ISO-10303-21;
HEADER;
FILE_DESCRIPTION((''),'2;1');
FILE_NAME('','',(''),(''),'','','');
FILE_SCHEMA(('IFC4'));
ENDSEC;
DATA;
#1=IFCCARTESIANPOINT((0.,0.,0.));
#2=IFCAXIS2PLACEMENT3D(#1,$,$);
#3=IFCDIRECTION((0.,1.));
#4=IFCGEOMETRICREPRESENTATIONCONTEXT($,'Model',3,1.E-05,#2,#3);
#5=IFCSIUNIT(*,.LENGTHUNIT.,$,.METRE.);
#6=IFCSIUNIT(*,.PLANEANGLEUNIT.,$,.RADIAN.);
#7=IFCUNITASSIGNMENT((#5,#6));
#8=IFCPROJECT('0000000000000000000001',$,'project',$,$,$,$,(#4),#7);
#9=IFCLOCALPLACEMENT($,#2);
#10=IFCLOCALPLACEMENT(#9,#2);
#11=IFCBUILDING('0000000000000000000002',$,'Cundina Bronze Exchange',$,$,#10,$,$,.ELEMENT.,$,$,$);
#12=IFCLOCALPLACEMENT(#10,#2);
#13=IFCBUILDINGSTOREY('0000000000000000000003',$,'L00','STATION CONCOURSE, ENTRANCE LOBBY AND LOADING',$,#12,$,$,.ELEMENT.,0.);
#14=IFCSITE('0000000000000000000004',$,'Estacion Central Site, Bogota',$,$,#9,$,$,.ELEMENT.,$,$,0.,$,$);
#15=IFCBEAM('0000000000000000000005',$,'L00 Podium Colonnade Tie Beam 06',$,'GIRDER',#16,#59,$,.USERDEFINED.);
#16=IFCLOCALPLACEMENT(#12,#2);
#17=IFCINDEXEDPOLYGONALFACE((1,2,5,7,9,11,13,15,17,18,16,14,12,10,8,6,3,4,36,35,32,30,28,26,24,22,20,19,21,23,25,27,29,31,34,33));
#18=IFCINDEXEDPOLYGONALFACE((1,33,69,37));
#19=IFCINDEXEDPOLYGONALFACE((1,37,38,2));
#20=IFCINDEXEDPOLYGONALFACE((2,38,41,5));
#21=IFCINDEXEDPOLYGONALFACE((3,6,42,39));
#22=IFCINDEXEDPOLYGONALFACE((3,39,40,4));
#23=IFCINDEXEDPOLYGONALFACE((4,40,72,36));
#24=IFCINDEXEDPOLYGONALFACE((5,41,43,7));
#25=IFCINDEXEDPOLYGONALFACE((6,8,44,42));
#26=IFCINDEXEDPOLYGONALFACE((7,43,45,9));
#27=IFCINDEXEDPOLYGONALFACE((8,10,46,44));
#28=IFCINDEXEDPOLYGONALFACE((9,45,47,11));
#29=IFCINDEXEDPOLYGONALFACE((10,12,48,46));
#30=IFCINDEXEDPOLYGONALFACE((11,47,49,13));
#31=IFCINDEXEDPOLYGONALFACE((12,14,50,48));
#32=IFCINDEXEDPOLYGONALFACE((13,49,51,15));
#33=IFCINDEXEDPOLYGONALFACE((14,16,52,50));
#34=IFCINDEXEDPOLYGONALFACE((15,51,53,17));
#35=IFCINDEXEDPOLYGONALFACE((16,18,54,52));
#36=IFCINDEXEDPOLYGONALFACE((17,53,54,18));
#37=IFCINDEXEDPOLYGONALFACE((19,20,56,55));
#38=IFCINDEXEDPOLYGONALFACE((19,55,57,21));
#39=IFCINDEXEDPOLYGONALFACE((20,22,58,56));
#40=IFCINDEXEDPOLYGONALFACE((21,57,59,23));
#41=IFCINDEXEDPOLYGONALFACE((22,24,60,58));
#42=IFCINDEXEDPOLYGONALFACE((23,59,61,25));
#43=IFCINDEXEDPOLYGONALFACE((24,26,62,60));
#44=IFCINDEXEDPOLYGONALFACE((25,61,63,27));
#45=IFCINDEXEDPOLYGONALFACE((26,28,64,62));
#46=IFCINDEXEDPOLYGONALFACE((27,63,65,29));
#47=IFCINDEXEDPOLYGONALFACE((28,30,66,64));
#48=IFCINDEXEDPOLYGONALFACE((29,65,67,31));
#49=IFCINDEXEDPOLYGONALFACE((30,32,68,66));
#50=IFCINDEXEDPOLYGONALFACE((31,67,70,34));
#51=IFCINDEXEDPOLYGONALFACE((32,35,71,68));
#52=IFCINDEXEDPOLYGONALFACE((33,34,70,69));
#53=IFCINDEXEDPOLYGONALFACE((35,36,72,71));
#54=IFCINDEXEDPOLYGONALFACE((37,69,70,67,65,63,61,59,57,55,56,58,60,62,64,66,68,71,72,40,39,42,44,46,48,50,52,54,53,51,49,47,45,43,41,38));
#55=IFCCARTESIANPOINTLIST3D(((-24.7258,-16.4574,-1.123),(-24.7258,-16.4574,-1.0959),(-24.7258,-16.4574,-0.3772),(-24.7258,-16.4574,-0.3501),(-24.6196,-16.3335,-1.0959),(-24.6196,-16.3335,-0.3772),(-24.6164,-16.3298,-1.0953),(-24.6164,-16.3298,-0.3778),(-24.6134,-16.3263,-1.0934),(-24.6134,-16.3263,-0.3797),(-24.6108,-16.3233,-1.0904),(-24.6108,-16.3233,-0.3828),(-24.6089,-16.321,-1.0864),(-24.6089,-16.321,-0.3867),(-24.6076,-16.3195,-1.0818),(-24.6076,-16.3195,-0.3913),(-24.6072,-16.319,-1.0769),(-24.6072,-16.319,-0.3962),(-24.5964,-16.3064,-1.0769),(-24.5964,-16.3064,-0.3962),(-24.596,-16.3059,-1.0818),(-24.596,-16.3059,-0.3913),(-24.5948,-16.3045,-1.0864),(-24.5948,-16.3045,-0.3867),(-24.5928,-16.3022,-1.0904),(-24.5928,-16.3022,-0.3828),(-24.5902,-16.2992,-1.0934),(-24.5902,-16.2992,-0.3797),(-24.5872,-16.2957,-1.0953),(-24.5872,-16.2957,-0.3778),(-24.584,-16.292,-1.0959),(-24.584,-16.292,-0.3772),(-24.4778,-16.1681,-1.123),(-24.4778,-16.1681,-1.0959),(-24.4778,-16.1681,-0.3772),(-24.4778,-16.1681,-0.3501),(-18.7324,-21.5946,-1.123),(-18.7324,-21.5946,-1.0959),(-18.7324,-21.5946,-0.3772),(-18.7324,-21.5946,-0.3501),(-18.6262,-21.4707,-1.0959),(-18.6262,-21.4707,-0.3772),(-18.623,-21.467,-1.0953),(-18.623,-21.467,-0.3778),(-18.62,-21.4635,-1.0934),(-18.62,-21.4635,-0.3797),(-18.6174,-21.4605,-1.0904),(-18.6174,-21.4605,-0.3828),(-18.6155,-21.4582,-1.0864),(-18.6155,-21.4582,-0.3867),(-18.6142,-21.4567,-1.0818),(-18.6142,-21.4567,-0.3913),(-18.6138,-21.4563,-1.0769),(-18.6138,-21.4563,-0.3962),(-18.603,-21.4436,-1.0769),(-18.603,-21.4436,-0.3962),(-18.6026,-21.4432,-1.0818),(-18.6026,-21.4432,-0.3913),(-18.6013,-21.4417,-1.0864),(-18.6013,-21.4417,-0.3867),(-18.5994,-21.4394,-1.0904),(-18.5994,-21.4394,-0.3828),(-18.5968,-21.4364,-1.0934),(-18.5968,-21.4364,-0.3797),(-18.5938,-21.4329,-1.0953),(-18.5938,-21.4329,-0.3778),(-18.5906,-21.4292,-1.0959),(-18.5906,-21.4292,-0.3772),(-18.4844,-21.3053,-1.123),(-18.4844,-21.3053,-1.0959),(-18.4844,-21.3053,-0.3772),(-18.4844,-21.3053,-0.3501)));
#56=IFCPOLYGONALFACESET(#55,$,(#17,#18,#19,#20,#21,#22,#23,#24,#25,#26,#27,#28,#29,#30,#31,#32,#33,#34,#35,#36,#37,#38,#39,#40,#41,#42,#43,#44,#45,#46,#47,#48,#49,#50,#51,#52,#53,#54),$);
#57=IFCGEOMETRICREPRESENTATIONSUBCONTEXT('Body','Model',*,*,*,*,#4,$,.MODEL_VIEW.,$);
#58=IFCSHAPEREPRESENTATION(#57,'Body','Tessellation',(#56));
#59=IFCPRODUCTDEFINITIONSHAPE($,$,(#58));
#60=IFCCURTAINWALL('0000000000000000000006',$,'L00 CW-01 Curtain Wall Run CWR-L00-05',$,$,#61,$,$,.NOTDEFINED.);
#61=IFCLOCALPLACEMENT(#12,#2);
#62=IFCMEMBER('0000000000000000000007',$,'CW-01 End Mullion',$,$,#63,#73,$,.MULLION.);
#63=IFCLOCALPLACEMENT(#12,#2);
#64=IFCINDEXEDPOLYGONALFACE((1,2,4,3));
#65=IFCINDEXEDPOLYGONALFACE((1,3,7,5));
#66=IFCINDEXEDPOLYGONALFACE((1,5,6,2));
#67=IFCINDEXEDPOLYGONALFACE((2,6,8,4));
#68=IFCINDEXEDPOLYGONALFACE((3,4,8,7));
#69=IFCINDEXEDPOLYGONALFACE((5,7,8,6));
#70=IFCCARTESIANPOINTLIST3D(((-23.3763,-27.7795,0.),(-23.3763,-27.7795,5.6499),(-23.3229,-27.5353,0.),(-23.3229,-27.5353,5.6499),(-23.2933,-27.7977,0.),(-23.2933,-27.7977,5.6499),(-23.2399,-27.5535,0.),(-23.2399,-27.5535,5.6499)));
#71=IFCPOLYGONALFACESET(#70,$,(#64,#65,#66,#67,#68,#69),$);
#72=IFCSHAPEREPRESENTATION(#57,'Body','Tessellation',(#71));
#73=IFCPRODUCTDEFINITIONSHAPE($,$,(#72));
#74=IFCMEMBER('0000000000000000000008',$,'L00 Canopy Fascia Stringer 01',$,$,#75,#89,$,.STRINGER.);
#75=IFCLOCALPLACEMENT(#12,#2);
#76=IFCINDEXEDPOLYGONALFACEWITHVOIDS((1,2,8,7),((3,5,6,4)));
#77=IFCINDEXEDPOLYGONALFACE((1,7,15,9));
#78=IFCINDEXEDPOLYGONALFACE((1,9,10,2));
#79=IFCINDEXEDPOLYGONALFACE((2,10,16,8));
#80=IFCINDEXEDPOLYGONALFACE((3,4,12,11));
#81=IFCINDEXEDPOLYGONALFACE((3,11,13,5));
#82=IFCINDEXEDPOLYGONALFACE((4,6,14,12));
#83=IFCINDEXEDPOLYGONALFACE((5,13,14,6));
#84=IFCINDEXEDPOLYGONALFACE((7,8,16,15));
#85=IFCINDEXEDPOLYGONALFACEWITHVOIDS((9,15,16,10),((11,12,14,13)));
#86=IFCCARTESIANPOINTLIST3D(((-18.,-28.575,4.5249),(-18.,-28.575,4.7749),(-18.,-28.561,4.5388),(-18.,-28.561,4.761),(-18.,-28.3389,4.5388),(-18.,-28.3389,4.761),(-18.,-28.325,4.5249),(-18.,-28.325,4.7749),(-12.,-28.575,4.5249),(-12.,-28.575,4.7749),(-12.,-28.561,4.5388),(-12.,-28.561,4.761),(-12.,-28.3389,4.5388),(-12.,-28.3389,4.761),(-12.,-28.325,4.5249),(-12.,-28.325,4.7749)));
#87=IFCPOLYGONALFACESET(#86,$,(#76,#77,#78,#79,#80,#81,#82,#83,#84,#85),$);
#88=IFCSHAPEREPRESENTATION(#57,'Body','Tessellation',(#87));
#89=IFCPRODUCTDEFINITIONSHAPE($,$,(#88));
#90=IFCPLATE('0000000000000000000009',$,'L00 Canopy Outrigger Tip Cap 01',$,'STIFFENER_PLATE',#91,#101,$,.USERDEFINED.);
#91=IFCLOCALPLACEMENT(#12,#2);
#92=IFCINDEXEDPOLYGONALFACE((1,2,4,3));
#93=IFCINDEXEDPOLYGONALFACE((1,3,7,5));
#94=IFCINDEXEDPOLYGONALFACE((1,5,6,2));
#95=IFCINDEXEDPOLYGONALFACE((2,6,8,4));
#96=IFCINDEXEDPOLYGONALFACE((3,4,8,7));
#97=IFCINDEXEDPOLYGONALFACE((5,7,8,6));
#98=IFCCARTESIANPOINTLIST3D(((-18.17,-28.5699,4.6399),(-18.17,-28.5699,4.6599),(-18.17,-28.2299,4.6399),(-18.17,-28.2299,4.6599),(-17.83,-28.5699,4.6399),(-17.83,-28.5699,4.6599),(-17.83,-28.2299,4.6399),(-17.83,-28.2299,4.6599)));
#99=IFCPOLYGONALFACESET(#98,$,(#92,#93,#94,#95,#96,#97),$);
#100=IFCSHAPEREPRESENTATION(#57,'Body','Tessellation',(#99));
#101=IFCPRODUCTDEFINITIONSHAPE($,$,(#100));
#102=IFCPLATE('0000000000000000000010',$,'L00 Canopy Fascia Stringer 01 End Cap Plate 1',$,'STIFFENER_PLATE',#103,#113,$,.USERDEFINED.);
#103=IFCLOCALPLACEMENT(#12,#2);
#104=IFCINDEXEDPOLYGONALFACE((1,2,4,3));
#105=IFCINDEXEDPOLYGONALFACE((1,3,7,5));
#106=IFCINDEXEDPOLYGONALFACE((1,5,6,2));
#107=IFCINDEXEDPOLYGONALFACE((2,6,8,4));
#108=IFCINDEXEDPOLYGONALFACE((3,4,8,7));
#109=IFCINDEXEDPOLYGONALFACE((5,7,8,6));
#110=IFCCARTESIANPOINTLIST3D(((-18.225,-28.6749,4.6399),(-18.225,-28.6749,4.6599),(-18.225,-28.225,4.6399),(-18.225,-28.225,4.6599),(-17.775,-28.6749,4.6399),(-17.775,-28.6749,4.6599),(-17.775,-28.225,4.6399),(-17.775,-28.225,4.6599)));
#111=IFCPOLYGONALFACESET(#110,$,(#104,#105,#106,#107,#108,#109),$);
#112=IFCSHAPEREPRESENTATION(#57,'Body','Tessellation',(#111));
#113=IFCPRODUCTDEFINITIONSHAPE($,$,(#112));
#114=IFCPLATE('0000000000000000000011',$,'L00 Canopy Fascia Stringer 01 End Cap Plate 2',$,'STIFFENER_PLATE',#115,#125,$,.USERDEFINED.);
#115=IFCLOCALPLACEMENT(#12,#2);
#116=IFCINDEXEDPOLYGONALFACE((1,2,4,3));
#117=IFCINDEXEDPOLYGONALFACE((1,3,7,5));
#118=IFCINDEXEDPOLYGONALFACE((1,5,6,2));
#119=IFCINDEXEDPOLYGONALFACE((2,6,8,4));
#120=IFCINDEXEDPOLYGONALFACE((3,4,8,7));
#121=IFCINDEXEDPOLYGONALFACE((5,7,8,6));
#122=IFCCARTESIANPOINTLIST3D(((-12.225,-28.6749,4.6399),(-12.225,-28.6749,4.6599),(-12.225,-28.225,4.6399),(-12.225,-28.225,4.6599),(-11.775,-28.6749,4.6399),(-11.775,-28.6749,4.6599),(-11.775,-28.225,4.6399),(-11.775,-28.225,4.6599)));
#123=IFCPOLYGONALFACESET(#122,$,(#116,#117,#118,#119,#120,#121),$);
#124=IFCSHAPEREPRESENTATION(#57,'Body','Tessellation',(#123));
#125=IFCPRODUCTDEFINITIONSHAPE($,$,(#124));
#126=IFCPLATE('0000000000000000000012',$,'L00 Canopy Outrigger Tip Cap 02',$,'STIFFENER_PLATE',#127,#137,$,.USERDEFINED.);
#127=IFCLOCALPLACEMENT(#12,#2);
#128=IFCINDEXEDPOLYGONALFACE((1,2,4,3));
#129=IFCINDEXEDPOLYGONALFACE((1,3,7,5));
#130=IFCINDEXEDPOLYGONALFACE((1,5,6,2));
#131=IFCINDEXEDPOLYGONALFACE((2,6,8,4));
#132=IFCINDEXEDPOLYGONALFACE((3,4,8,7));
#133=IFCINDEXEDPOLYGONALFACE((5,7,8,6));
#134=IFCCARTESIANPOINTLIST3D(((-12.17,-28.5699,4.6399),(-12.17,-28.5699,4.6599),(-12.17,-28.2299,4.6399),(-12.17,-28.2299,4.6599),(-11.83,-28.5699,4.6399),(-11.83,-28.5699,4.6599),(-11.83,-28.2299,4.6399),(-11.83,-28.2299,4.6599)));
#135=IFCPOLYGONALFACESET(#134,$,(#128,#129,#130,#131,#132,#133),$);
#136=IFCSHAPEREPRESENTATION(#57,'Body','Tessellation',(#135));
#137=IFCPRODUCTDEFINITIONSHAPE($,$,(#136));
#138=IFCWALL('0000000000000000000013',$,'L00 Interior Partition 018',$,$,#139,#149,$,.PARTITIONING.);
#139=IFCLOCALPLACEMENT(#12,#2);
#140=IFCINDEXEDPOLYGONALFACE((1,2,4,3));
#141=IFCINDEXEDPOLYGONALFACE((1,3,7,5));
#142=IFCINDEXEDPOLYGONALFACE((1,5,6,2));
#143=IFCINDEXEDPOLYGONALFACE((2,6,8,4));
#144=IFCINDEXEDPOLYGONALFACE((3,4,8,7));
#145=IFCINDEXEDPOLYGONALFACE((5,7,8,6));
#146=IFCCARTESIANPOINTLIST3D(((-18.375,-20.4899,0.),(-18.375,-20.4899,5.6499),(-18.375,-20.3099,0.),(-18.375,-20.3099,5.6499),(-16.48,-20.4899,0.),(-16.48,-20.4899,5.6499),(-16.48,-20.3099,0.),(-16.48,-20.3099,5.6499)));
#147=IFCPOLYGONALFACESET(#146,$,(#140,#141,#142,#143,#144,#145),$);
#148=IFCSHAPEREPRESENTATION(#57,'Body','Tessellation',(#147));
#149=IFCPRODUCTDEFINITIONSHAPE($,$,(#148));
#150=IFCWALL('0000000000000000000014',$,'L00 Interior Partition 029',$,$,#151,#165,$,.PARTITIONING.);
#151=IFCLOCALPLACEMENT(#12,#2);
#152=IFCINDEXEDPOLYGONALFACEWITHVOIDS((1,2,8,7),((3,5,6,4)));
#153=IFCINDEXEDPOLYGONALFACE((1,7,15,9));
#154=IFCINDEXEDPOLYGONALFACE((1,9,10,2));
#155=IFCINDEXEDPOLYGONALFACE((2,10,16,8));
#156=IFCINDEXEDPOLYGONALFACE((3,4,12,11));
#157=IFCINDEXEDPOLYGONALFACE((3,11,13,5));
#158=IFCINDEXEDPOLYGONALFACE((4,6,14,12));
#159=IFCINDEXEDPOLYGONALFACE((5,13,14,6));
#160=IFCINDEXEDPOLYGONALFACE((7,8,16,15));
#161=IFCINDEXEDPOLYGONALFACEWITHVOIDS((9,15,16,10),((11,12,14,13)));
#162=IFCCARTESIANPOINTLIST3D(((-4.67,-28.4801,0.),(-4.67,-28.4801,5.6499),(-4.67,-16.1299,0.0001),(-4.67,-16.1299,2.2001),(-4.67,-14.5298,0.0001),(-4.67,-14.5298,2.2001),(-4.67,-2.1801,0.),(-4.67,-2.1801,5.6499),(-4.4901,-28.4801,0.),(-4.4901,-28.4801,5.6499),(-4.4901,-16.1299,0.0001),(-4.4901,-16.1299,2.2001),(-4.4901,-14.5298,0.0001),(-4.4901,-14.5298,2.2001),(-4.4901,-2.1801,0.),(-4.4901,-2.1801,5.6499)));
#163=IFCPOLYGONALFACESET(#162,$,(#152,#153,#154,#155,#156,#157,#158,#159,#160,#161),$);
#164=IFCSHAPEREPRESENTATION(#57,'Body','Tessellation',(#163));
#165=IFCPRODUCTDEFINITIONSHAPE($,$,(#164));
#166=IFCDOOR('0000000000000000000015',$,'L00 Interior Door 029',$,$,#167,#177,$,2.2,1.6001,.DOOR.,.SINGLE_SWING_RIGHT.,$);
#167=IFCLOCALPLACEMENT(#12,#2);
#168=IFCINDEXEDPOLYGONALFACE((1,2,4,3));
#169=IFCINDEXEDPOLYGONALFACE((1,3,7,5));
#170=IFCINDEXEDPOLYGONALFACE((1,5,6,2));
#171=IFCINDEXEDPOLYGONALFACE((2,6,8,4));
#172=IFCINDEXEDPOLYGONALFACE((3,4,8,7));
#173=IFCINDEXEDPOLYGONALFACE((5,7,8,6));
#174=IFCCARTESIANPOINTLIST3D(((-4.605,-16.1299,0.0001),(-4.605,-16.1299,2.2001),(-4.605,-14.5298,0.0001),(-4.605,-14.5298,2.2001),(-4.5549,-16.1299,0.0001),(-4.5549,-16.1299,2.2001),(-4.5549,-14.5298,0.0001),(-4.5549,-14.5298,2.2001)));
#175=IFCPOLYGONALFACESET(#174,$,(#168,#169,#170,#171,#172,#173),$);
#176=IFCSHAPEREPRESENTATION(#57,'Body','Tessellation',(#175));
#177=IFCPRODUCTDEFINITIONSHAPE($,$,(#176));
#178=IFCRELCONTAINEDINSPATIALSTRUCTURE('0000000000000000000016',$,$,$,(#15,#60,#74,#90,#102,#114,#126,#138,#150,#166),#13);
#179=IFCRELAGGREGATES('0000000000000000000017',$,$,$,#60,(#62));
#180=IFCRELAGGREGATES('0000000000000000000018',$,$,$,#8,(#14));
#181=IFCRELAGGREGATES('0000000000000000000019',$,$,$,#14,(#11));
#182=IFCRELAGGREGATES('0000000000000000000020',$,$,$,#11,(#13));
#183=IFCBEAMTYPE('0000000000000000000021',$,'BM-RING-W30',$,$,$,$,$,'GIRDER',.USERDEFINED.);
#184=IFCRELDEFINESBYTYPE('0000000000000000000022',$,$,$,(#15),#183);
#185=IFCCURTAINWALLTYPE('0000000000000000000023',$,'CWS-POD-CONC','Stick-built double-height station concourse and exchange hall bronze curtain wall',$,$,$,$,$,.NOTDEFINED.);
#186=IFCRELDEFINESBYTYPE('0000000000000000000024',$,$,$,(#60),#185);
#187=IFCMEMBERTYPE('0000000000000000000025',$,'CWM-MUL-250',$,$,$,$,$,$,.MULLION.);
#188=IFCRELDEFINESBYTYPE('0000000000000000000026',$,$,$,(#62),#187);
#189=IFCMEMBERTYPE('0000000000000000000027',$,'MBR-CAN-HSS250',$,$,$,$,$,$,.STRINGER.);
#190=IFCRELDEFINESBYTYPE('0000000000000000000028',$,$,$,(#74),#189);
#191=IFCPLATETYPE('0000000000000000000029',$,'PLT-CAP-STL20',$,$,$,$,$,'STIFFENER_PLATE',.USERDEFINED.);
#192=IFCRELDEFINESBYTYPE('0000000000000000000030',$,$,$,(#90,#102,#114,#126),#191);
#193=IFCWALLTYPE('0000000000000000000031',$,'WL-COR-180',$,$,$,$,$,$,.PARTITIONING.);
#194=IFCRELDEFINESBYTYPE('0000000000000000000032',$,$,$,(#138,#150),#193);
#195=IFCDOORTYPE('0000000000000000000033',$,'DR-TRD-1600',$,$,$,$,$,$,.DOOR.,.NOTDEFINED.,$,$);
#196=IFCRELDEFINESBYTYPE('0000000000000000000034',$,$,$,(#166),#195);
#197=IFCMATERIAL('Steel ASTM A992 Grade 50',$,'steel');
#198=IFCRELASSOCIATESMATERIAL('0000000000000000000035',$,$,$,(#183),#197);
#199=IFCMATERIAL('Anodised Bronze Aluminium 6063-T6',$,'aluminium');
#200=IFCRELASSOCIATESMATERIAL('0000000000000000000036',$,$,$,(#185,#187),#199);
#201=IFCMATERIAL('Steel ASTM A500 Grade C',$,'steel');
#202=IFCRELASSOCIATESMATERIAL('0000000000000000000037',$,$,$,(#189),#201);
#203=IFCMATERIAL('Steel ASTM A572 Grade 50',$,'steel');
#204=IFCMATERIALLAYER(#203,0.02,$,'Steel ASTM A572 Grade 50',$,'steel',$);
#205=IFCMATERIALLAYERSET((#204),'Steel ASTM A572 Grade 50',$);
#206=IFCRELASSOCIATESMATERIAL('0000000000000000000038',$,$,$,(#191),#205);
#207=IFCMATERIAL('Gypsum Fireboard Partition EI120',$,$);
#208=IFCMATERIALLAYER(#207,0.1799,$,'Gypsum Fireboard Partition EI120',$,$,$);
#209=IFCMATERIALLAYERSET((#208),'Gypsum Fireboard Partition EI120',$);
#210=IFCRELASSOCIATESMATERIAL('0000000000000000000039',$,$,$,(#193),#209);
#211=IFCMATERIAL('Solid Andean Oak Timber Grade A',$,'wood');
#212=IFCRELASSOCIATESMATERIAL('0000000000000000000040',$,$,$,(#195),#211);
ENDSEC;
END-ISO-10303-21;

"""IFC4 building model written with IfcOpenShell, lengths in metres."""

from ifc_helpers import new_model, si_unit, direction, frame, frame_2d, origin, origin_2d, place, context, subcontext, project, spatial, rectangle, hollow_rectangle, i_section, extrude, material, layer, layer_set, material_profile, profile_set, type_object, element, fill, aggregate, save


model = new_model("IFC4")

# Units and contexts
model_context = context("Model", 3, precision=1e-05, world=origin(), true_north=direction((0.0, 1.0)))
body_context = subcontext(model_context, "Body", "Model", "MODEL_VIEW")
ifc_project = project(units=[si_unit("LENGTHUNIT", "METRE"), si_unit("PLANEANGLEUNIT", "RADIAN")], contexts=[model_context])

# Site, building, storey
site_placement = place(None, origin())
site = spatial("IfcSite", under=ifc_project, at=site_placement, Name="Estacion Central Site, Bogota", CompositionType="ELEMENT", RefElevation=0.0)
building_placement = place(site_placement, origin())
building = spatial("IfcBuilding", under=site, at=building_placement, Name="Cundina Bronze Exchange", CompositionType="ELEMENT")
storey_placement = place(building_placement, origin())
storey = spatial("IfcBuildingStorey", under=building, at=storey_placement, Name="L00", Description="STATION CONCOURSE, ENTRANCE LOBBY AND LOADING", CompositionType="ELEMENT", Elevation=0.0)

# Beam
ifc_material_1 = material(Name="Steel ASTM A500 Grade C", Category="steel")
ifc_material_2 = material(Name="Steel ASTM A992 Grade 50", Category="steel")
ifc_material_profile_1 = material_profile(ifc_material_2, i_section(OverallWidth=0.3811, OverallDepth=0.7729, WebThickness=0.0166, FlangeThickness=0.0271, FilletRadius=0.019, at=origin_2d()), Name="W30X173", Category="steel")
ifc_profile_set_1 = profile_set([ifc_material_profile_1], Name="Steel ASTM A992 Grade 50")
beam_type_1 = type_object("IfcBeamType", Name="BM-RING-W30", ElementType="GIRDER", PredefinedType="USERDEFINED", material=ifc_profile_set_1)
beam_placement = place(storey_placement, frame((-18.6084, -21.45, -0.7366), z_axis=(-0.759257, 0.650791, 0.0), x_axis=(-0.650791, -0.759257, 0.0)))
element("IfcBeam", 1, at=beam_placement, inside=storey, type_object=beam_type_1, Name="L00 Podium Colonnade Tie Beam 06", ObjectType="GIRDER", PredefinedType="USERDEFINED", context=body_context, shape_type="SweptSolid", body=[
    extrude(i_section(OverallWidth=0.3811, OverallDepth=0.7729, WebThickness=0.0166, FlangeThickness=0.0271, FilletRadius=0.019, at=origin_2d()), origin(), (0.0, 0.0, 1.0), 7.8938),
])

# Curtain wall, member
ifc_material_3 = material(Name="Anodised Bronze Aluminium 6063-T6", Category="aluminium")
curtain_wall_type = type_object("IfcCurtainWallType", Name="CWS-POD-CONC", Description="Stick-built double-height station concourse and exchange hall bronze curtain wall", PredefinedType="NOTDEFINED", material=ifc_material_3)
curtain_wall_placement = place(storey_placement, origin())
curtain_wall = element("IfcCurtainWall", 2, at=curtain_wall_placement, inside=storey, type_object=curtain_wall_type, Name="L00 CW-01 Curtain Wall Run CWR-L00-05", PredefinedType="NOTDEFINED")
ifc_material_profile_2 = material_profile(ifc_material_3, rectangle(XDim=0.085, YDim=0.25, at=origin_2d()), Name="AL85X250", Category="aluminium")
ifc_profile_set_2 = profile_set([ifc_material_profile_2], Name="Anodised Bronze Aluminium 6063-T6")
member_type_1 = type_object("IfcMemberType", Name="CWM-MUL-250", PredefinedType="MULLION", material=ifc_profile_set_2)
member_1_placement = place(storey_placement, frame((-23.3081, -27.6665, 0.0), z_axis=(0.0, 0.0, 1.0), x_axis=(0.976897, -0.213712, 0.0)))
member_1 = element("IfcMember", 3, at=member_1_placement, type_object=member_type_1, Name="CW-01 End Mullion", PredefinedType="MULLION", context=body_context, shape_type="SweptSolid", body=[
    extrude(rectangle(XDim=0.085, YDim=0.25, at=origin_2d()), origin(), (0.0, 0.0, 1.0), 5.6499),
])
aggregate(curtain_wall, [member_1])

# Member
ifc_material_profile_3 = material_profile(ifc_material_1, hollow_rectangle(XDim=0.25, YDim=0.25, WallThickness=0.0139, at=origin_2d()), Name="HSS250X250X14", Category="steel")
ifc_profile_set_3 = profile_set([ifc_material_profile_3], Name="Steel ASTM A500 Grade C")
member_type_2 = type_object("IfcMemberType", Name="MBR-CAN-HSS250", PredefinedType="STRINGER", material=ifc_profile_set_3)
member_2_placement = place(storey_placement, frame((-18.0, -28.45, 4.6499), z_axis=(1.0, 0.0, 0.0), x_axis=(0.0, 1.0, 0.0)))
element("IfcMember", 4, at=member_2_placement, inside=storey, type_object=member_type_2, Name="L00 Canopy Fascia Stringer 01", PredefinedType="STRINGER", context=body_context, shape_type="SweptSolid", body=[
    extrude(hollow_rectangle(XDim=0.25, YDim=0.25, WallThickness=0.0139, at=origin_2d()), origin(), (0.0, 0.0, 1.0), 6.0),
])

# Plates
ifc_material_4 = material(Name="Steel ASTM A572 Grade 50", Category="steel")
ifc_layer_1 = layer(ifc_material_4, 0.02, Name="Steel ASTM A572 Grade 50", Category="steel")
ifc_layer_set_1 = layer_set([ifc_layer_1], Name="Steel ASTM A572 Grade 50")
plate_type = type_object("IfcPlateType", Name="PLT-CAP-STL20", ElementType="STIFFENER_PLATE", PredefinedType="USERDEFINED", material=ifc_layer_set_1)
plate_1_placement = place(storey_placement, frame((-18.0, -28.3999, 4.6399), z_axis=(0.0, 0.0, 1.0), x_axis=(1.0, 0.0, 0.0)))
element("IfcPlate", 5, at=plate_1_placement, inside=storey, type_object=plate_type, Name="L00 Canopy Outrigger Tip Cap 01", ObjectType="STIFFENER_PLATE", PredefinedType="USERDEFINED", context=body_context, shape_type="SweptSolid", body=[
    extrude(rectangle(XDim=0.3401, YDim=0.3401, at=origin_2d()), origin(), (0.0, 0.0, 1.0), 0.02),
])
for number, where, z_axis, x_axis, name in (
    (6, (-18.0, -28.45, 4.6399), (0.0, 0.0, 1.0), (1.0, 0.0, 0.0), "L00 Canopy Fascia Stringer 01 End Cap Plate 1"),
    (7, (-12.0, -28.45, 4.6399), (0.0, 0.0, 1.0), (1.0, 0.0, 0.0), "L00 Canopy Fascia Stringer 01 End Cap Plate 2"),
):
    element("IfcPlate", number, at=place(storey_placement, frame(where, z_axis=z_axis, x_axis=x_axis)), inside=storey, type_object=plate_type, Name=name, ObjectType="STIFFENER_PLATE", PredefinedType="USERDEFINED", context=body_context, shape_type="SweptSolid", body=[
        extrude(rectangle(XDim=0.45, YDim=0.45, at=origin_2d()), origin(), (0.0, 0.0, 1.0), 0.02),
    ])
plate_2_placement = place(storey_placement, frame((-12.0, -28.3999, 4.6399), z_axis=(0.0, 0.0, 1.0), x_axis=(1.0, 0.0, 0.0)))
element("IfcPlate", 8, at=plate_2_placement, inside=storey, type_object=plate_type, Name="L00 Canopy Outrigger Tip Cap 02", ObjectType="STIFFENER_PLATE", PredefinedType="USERDEFINED", context=body_context, shape_type="SweptSolid", body=[
    extrude(rectangle(XDim=0.3401, YDim=0.3401, at=origin_2d()), origin(), (0.0, 0.0, 1.0), 0.02),
])

# Wall
ifc_material_5 = material(Name="Gypsum Fireboard Partition EI120")
ifc_layer_2 = layer(ifc_material_5, 0.1799, Name="Gypsum Fireboard Partition EI120")
ifc_layer_set_2 = layer_set([ifc_layer_2], Name="Gypsum Fireboard Partition EI120")
wall_type_1 = type_object("IfcWallType", Name="WL-COR-180", PredefinedType="PARTITIONING", material=ifc_layer_set_2)
wall_1_placement = place(storey_placement, frame((-18.375, -20.3999, 0.0), z_axis=(0.0, 0.0, 1.0), x_axis=(1.0, 0.0, 0.0)))
element("IfcWall", 9, at=wall_1_placement, inside=storey, type_object=wall_type_1, Name="L00 Interior Partition 018", PredefinedType="PARTITIONING", context=body_context, shape_type="SweptSolid", body=[
    extrude(rectangle(XDim=1.895, YDim=0.1799, at=frame_2d((0.9475, 0.0))), origin(), (0.0, 0.0, 1.0), 5.6499),
])

# Wall, opening, door
wall_2_placement = place(storey_placement, frame((-4.5801, -28.48, 0.0), z_axis=(0.0, 0.0, 1.0), x_axis=(0.0, 1.0, 0.0)))
wall_2 = element("IfcWall", 10, at=wall_2_placement, inside=storey, type_object=wall_type_1, Name="L00 Interior Partition 029", PredefinedType="PARTITIONING", context=body_context, shape_type="SweptSolid", body=[
    extrude(rectangle(XDim=26.3, YDim=0.1799, at=frame_2d((13.1499, 0.0))), origin(), (0.0, 0.0, 1.0), 5.6499),
])
opening_1_placement = place(wall_2_placement, frame((12.3501, 0.0, 0.0)))
opening_1 = element("IfcOpeningElement", 11, at=opening_1_placement, cuts=wall_2, PredefinedType="OPENING", context=body_context, shape_type="SweptSolid", body=[
    extrude(rectangle(XDim=1.6001, YDim=2.2, at=frame_2d((0.8, 1.1001))), frame((0.0, 0.0999, 0.0), z_axis=(0.0, -1.0, 0.0), x_axis=(1.0, 0.0, 0.0)), (0.0, 0.0, 1.0), 0.2),
])
ifc_material_6 = material(Name="Solid Andean Oak Timber Grade A", Category="wood")
door_type_1 = type_object("IfcDoorType", Name="DR-TRD-1600", OperationType="NOTDEFINED", PredefinedType="DOOR", material=ifc_material_6)
door_1_placement = place(opening_1_placement, origin())
door_1 = element("IfcDoor", 12, at=door_1_placement, inside=storey, type_object=door_type_1, Name="L00 Interior Door 029", OperationType="SINGLE_SWING_RIGHT", OverallHeight=2.2, OverallWidth=1.6001, PredefinedType="DOOR", context=body_context, shape_type="SweptSolid", body=[
    extrude(rectangle(XDim=1.6001, YDim=2.2, at=frame_2d((0.8, 1.1001))), frame((0.0, 0.0249, 0.0), z_axis=(0.0, -1.0, 0.0), x_axis=(1.0, 0.0, 0.0)), (0.0, 0.0, 1.0), 0.05),
])
fill(opening_1, door_1)

save(model, "model.ifc")
